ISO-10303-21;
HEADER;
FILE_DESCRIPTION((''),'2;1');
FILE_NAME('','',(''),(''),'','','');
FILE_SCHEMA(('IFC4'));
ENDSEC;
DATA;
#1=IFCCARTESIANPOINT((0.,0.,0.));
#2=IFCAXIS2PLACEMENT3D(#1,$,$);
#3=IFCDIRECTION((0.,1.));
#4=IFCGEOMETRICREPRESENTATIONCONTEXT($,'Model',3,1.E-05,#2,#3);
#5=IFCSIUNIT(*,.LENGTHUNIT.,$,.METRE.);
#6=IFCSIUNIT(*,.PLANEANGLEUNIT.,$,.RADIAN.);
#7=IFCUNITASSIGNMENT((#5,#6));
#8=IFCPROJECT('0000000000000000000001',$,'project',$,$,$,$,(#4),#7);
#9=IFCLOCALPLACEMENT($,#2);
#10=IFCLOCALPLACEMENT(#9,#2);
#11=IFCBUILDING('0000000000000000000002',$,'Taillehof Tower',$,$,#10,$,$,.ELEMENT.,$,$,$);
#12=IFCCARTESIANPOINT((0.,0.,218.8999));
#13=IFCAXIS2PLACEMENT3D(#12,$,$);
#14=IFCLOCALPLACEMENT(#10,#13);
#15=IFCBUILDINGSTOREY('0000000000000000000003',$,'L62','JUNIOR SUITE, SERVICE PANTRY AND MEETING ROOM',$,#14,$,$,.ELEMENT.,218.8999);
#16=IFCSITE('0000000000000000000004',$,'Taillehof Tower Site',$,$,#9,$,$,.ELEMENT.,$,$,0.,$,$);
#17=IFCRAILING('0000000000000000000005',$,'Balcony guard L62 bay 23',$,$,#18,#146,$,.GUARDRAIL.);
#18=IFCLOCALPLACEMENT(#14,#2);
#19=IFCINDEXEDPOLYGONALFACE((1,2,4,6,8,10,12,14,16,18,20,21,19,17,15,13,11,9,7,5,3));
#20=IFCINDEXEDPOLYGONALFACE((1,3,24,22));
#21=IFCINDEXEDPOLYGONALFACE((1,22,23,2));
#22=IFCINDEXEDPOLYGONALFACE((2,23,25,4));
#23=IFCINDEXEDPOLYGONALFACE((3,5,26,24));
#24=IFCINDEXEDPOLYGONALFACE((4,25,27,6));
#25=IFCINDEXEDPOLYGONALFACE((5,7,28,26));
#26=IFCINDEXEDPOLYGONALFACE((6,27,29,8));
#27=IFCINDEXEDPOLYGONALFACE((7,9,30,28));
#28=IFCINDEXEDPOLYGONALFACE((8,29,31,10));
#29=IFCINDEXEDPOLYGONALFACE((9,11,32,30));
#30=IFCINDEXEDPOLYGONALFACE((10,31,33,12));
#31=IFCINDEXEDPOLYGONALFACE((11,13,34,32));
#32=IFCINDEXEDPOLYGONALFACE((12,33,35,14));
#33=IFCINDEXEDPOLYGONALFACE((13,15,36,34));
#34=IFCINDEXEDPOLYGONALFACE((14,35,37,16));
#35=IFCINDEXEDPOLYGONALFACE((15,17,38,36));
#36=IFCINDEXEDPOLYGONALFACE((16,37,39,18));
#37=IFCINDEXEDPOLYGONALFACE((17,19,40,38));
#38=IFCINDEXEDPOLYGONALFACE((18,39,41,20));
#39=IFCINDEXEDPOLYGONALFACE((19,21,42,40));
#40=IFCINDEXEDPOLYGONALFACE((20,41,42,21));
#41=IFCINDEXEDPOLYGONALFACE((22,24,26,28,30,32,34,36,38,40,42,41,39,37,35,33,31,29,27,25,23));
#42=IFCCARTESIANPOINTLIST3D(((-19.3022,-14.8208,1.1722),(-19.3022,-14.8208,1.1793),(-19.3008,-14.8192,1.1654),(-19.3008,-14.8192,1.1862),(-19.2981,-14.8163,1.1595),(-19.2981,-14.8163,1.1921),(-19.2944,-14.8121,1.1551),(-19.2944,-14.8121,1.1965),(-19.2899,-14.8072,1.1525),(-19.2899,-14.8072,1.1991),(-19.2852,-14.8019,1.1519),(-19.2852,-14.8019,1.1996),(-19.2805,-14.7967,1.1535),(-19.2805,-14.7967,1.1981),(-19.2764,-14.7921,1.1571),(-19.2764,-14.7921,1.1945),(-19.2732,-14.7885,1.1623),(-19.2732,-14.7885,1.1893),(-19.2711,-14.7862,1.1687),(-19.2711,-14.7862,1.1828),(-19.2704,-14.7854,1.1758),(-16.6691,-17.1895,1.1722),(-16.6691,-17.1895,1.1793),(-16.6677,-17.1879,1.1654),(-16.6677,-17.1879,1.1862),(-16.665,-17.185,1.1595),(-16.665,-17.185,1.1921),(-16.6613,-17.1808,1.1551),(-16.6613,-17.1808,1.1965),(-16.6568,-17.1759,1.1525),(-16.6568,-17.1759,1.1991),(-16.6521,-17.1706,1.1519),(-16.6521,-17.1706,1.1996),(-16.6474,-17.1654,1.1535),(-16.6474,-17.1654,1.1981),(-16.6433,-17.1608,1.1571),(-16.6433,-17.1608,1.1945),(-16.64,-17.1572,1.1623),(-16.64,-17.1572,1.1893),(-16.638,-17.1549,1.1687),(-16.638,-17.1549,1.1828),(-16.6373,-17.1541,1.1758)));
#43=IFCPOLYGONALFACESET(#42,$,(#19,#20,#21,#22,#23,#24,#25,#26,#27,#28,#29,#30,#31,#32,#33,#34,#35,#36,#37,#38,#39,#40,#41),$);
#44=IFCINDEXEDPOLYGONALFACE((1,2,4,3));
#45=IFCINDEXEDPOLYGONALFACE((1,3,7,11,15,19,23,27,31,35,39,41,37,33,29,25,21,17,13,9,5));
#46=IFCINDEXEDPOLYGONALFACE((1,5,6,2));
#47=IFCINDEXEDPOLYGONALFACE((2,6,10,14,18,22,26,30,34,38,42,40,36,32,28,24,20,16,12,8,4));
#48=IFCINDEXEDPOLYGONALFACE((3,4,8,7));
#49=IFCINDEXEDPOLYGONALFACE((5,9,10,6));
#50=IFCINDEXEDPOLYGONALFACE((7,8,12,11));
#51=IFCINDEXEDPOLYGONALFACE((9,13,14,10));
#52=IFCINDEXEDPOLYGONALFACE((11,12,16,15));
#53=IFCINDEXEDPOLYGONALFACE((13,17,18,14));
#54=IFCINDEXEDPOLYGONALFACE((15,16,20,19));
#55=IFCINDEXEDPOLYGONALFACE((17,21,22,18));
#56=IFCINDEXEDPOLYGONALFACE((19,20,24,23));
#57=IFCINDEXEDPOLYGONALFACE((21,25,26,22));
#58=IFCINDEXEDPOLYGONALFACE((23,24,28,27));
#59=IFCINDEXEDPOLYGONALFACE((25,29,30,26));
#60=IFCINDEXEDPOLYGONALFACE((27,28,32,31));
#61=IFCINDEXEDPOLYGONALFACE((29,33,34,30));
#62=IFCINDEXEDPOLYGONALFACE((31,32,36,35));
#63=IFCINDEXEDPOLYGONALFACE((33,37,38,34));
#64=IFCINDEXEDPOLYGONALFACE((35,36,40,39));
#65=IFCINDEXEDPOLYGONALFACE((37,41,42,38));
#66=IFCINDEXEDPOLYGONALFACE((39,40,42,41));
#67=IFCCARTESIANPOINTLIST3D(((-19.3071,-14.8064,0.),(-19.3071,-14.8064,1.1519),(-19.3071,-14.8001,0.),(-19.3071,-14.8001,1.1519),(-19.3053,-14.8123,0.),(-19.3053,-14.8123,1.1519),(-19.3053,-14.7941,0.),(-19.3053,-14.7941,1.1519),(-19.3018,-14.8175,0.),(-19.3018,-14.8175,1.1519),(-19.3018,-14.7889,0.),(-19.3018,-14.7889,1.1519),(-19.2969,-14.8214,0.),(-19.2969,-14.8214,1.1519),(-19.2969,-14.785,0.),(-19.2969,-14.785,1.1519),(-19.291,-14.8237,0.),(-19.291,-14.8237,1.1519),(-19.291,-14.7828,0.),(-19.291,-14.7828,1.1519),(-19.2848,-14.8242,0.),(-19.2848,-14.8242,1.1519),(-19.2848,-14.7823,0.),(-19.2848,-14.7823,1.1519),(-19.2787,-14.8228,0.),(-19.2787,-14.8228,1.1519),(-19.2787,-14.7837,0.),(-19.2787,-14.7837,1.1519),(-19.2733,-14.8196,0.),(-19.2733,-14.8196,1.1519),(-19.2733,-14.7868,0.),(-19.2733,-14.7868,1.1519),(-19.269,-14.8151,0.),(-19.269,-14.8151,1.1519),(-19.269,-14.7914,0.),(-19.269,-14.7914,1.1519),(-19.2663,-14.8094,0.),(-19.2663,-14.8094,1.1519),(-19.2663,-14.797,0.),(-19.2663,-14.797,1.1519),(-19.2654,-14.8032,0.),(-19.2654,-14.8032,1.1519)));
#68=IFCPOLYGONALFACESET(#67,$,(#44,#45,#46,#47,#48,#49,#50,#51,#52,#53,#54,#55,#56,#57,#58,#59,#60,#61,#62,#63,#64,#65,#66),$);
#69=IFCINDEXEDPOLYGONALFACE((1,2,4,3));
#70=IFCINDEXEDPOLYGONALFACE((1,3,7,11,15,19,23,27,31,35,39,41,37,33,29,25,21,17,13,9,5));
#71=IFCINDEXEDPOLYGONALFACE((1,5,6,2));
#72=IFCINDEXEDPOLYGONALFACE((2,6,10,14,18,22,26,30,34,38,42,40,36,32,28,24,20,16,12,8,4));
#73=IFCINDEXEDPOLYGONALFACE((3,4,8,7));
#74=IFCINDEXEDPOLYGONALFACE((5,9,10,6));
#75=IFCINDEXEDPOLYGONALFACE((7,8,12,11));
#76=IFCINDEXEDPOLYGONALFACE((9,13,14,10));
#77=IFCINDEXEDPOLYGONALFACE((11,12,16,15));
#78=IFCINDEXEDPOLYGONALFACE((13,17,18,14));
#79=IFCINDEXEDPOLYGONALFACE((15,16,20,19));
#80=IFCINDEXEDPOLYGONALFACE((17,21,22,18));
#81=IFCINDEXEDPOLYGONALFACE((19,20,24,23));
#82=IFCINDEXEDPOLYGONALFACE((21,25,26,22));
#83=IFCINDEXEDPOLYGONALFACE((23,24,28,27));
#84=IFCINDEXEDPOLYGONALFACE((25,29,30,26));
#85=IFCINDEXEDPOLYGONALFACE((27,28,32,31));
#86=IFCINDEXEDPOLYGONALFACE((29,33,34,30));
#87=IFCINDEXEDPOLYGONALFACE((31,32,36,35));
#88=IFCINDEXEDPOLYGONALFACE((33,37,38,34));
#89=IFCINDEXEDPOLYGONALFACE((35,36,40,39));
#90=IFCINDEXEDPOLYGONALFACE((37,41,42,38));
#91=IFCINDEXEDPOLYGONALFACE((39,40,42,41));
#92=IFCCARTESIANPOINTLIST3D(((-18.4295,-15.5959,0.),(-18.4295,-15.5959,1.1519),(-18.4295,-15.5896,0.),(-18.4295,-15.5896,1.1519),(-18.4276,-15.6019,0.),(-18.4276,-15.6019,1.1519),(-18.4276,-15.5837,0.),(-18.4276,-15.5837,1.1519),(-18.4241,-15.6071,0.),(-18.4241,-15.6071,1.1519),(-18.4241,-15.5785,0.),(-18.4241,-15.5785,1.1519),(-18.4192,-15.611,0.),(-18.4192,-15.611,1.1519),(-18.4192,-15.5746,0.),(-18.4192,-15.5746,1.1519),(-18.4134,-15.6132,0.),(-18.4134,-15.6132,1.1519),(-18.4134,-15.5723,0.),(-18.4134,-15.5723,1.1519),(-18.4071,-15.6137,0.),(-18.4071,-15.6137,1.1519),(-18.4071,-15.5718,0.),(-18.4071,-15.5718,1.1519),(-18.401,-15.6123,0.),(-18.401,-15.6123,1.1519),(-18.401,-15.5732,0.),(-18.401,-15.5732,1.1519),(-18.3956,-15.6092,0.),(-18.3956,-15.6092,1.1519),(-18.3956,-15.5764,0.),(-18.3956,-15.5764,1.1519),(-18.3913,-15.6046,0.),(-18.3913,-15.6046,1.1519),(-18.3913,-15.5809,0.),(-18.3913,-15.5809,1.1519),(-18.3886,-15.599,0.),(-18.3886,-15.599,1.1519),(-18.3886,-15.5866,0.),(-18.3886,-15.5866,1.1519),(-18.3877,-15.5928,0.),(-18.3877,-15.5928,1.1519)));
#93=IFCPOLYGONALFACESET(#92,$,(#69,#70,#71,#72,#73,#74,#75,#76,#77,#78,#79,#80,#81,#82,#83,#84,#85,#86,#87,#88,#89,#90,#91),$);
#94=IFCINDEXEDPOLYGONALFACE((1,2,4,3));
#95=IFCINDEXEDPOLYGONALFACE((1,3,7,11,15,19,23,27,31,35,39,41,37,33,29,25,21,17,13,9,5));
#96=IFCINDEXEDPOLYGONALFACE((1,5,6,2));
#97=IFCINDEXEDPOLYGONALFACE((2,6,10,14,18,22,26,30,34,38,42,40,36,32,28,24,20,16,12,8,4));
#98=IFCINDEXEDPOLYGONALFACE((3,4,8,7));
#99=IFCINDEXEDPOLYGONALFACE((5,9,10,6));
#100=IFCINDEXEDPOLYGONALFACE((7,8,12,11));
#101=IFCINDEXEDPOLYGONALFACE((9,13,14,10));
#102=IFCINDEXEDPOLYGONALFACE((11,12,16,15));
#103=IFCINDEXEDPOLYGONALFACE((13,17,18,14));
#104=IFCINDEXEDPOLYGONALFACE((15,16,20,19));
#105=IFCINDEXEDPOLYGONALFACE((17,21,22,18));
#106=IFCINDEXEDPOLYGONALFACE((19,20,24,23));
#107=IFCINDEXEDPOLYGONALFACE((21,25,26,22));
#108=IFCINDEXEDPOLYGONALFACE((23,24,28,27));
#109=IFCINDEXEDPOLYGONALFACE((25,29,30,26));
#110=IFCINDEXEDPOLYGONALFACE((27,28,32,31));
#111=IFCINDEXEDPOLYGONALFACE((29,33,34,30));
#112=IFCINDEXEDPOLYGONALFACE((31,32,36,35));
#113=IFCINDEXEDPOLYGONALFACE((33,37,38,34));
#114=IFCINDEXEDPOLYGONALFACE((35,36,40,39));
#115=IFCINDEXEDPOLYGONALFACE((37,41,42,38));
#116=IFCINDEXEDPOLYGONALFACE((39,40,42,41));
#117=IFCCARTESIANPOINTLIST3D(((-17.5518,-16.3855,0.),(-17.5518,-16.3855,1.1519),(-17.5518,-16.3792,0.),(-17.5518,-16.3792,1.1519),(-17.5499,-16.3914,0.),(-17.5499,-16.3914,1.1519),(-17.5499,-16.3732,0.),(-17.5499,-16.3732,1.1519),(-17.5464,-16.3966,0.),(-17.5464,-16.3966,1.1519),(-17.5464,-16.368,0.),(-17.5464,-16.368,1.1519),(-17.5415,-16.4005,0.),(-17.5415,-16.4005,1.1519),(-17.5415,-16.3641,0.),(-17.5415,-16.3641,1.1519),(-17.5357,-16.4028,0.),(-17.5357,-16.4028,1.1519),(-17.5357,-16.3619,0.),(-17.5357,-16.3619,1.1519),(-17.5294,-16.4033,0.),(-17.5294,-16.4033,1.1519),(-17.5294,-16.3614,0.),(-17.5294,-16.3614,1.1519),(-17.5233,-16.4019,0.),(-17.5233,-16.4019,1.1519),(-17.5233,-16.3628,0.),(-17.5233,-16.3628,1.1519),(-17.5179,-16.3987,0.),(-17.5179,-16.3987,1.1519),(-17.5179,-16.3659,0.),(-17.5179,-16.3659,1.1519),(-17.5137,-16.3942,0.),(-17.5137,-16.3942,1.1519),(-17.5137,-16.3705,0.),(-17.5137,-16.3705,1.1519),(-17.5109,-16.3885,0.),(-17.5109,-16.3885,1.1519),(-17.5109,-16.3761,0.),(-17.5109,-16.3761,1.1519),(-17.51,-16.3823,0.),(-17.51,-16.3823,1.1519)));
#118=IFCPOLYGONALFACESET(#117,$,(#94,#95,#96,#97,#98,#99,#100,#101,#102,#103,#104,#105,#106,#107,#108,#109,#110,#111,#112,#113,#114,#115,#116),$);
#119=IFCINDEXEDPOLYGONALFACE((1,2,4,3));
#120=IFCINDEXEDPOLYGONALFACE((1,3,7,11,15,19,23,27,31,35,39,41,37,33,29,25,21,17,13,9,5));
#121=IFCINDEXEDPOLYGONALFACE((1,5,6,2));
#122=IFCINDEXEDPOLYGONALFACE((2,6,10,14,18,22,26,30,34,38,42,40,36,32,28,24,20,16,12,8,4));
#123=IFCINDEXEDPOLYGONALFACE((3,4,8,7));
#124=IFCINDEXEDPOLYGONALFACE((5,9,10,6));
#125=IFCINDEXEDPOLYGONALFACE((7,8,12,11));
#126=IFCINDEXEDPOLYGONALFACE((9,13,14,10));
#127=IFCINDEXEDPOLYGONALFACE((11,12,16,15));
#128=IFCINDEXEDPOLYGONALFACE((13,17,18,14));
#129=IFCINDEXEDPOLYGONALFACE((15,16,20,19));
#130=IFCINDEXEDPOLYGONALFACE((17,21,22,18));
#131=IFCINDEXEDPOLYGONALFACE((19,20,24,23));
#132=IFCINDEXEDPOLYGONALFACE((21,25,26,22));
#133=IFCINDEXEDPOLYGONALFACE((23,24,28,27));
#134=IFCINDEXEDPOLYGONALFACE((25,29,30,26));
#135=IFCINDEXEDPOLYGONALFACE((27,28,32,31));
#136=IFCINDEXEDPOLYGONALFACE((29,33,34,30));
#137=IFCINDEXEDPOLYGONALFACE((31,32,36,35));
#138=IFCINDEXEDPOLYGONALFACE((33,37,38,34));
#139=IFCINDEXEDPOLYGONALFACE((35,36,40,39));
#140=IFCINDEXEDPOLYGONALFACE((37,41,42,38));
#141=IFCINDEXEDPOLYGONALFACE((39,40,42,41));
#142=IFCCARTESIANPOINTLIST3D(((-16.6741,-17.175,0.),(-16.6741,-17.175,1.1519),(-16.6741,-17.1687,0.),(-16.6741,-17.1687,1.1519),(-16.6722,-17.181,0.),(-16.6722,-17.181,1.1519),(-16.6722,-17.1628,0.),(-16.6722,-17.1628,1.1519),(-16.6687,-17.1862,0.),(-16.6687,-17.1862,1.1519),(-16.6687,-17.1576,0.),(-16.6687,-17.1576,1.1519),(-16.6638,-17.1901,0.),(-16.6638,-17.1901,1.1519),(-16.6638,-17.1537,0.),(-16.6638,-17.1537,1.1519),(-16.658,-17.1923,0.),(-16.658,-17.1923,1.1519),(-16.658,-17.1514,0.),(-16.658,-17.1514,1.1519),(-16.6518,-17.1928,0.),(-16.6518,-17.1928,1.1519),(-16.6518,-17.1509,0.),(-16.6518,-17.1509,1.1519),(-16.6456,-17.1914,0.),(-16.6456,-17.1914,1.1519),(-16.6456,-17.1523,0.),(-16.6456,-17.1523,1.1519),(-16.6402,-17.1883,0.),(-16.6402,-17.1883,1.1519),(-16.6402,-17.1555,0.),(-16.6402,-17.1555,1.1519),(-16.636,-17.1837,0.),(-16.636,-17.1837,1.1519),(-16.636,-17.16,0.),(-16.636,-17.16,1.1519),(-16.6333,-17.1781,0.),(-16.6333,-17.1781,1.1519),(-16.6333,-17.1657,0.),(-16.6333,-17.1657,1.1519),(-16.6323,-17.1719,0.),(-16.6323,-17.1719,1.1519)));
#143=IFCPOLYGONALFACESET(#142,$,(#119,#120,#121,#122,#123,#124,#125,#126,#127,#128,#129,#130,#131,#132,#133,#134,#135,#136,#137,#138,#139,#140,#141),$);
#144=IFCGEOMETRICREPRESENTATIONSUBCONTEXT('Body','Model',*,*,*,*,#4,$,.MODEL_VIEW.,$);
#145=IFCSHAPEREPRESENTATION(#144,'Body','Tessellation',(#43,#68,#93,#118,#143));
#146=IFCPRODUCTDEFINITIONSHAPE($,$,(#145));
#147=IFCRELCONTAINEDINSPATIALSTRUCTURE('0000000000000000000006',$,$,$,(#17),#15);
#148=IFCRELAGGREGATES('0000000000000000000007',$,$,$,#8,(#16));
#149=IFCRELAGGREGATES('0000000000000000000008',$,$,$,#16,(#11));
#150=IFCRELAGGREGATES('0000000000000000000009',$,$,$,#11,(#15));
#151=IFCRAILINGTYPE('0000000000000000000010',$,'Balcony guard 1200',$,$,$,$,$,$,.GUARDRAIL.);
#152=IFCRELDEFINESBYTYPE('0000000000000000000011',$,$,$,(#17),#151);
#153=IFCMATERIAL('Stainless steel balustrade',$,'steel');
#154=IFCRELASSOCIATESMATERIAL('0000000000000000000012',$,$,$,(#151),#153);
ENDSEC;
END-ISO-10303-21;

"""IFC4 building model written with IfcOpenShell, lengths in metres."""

from ifc_helpers import new_model, si_unit, direction, frame, origin, origin_2d, place, context, subcontext, project, spatial, circle, extrude, material, type_object, element, save


model = new_model("IFC4")

# Units and contexts
model_context = context("Model", 3, precision=1e-05, world=origin(), true_north=direction((0.0, 1.0)))
body_context = subcontext(model_context, "Body", "Model", "MODEL_VIEW")
ifc_project = project(units=[si_unit("LENGTHUNIT", "METRE"), si_unit("PLANEANGLEUNIT", "RADIAN")], contexts=[model_context])

# Site, building, storey
site_placement = place(None, origin())
site = spatial("IfcSite", under=ifc_project, at=site_placement, Name="Taillehof Tower Site", CompositionType="ELEMENT", RefElevation=0.0)
building_placement = place(site_placement, origin())
building = spatial("IfcBuilding", under=site, at=building_placement, Name="Taillehof Tower", CompositionType="ELEMENT")
storey_placement = place(building_placement, frame((0.0, 0.0, 218.8999)))
storey = spatial("IfcBuildingStorey", under=building, at=storey_placement, Name="L62", Description="JUNIOR SUITE, SERVICE PANTRY AND MEETING ROOM", CompositionType="ELEMENT", Elevation=218.8999)

# Railing
ifc_material_1 = material(Name="Stainless steel balustrade", Category="steel")
railing_type = type_object("IfcRailingType", Name="Balcony guard 1200", PredefinedType="GUARDRAIL", material=ifc_material_1)
railing_1_placement = place(storey_placement, frame((-19.2864, -14.8032, 0.0)))
element("IfcRailing", 1, at=railing_1_placement, inside=storey, type_object=railing_type, Name="Balcony guard L62 bay 23", PredefinedType="GUARDRAIL", context=body_context, shape_type="SweptSolid", body=[
    extrude(circle(Radius=0.0239, at=origin_2d()), frame((0.0, 0.0, 1.1758), z_axis=(0.743448, -0.668793, 0.0), x_axis=(0.668793, 0.743448, 0.0)), (0.0, 0.0, 1.0), 3.5417),
    extrude(circle(Radius=0.021, at=origin_2d()), origin(), (0.0, 0.0, 1.0), 1.1519),
    extrude(circle(Radius=0.021, at=origin_2d()), frame((0.8777, -0.7896, 0.0)), (0.0, 0.0, 1.0), 1.1519),
    extrude(circle(Radius=0.021, at=origin_2d()), frame((1.7554, -1.5791, 0.0)), (0.0, 0.0, 1.0), 1.1519),
    extrude(circle(Radius=0.021, at=origin_2d()), frame((2.6331, -2.3687, 0.0)), (0.0, 0.0, 1.0), 1.1519),
])

save(model, "model.ifc")
